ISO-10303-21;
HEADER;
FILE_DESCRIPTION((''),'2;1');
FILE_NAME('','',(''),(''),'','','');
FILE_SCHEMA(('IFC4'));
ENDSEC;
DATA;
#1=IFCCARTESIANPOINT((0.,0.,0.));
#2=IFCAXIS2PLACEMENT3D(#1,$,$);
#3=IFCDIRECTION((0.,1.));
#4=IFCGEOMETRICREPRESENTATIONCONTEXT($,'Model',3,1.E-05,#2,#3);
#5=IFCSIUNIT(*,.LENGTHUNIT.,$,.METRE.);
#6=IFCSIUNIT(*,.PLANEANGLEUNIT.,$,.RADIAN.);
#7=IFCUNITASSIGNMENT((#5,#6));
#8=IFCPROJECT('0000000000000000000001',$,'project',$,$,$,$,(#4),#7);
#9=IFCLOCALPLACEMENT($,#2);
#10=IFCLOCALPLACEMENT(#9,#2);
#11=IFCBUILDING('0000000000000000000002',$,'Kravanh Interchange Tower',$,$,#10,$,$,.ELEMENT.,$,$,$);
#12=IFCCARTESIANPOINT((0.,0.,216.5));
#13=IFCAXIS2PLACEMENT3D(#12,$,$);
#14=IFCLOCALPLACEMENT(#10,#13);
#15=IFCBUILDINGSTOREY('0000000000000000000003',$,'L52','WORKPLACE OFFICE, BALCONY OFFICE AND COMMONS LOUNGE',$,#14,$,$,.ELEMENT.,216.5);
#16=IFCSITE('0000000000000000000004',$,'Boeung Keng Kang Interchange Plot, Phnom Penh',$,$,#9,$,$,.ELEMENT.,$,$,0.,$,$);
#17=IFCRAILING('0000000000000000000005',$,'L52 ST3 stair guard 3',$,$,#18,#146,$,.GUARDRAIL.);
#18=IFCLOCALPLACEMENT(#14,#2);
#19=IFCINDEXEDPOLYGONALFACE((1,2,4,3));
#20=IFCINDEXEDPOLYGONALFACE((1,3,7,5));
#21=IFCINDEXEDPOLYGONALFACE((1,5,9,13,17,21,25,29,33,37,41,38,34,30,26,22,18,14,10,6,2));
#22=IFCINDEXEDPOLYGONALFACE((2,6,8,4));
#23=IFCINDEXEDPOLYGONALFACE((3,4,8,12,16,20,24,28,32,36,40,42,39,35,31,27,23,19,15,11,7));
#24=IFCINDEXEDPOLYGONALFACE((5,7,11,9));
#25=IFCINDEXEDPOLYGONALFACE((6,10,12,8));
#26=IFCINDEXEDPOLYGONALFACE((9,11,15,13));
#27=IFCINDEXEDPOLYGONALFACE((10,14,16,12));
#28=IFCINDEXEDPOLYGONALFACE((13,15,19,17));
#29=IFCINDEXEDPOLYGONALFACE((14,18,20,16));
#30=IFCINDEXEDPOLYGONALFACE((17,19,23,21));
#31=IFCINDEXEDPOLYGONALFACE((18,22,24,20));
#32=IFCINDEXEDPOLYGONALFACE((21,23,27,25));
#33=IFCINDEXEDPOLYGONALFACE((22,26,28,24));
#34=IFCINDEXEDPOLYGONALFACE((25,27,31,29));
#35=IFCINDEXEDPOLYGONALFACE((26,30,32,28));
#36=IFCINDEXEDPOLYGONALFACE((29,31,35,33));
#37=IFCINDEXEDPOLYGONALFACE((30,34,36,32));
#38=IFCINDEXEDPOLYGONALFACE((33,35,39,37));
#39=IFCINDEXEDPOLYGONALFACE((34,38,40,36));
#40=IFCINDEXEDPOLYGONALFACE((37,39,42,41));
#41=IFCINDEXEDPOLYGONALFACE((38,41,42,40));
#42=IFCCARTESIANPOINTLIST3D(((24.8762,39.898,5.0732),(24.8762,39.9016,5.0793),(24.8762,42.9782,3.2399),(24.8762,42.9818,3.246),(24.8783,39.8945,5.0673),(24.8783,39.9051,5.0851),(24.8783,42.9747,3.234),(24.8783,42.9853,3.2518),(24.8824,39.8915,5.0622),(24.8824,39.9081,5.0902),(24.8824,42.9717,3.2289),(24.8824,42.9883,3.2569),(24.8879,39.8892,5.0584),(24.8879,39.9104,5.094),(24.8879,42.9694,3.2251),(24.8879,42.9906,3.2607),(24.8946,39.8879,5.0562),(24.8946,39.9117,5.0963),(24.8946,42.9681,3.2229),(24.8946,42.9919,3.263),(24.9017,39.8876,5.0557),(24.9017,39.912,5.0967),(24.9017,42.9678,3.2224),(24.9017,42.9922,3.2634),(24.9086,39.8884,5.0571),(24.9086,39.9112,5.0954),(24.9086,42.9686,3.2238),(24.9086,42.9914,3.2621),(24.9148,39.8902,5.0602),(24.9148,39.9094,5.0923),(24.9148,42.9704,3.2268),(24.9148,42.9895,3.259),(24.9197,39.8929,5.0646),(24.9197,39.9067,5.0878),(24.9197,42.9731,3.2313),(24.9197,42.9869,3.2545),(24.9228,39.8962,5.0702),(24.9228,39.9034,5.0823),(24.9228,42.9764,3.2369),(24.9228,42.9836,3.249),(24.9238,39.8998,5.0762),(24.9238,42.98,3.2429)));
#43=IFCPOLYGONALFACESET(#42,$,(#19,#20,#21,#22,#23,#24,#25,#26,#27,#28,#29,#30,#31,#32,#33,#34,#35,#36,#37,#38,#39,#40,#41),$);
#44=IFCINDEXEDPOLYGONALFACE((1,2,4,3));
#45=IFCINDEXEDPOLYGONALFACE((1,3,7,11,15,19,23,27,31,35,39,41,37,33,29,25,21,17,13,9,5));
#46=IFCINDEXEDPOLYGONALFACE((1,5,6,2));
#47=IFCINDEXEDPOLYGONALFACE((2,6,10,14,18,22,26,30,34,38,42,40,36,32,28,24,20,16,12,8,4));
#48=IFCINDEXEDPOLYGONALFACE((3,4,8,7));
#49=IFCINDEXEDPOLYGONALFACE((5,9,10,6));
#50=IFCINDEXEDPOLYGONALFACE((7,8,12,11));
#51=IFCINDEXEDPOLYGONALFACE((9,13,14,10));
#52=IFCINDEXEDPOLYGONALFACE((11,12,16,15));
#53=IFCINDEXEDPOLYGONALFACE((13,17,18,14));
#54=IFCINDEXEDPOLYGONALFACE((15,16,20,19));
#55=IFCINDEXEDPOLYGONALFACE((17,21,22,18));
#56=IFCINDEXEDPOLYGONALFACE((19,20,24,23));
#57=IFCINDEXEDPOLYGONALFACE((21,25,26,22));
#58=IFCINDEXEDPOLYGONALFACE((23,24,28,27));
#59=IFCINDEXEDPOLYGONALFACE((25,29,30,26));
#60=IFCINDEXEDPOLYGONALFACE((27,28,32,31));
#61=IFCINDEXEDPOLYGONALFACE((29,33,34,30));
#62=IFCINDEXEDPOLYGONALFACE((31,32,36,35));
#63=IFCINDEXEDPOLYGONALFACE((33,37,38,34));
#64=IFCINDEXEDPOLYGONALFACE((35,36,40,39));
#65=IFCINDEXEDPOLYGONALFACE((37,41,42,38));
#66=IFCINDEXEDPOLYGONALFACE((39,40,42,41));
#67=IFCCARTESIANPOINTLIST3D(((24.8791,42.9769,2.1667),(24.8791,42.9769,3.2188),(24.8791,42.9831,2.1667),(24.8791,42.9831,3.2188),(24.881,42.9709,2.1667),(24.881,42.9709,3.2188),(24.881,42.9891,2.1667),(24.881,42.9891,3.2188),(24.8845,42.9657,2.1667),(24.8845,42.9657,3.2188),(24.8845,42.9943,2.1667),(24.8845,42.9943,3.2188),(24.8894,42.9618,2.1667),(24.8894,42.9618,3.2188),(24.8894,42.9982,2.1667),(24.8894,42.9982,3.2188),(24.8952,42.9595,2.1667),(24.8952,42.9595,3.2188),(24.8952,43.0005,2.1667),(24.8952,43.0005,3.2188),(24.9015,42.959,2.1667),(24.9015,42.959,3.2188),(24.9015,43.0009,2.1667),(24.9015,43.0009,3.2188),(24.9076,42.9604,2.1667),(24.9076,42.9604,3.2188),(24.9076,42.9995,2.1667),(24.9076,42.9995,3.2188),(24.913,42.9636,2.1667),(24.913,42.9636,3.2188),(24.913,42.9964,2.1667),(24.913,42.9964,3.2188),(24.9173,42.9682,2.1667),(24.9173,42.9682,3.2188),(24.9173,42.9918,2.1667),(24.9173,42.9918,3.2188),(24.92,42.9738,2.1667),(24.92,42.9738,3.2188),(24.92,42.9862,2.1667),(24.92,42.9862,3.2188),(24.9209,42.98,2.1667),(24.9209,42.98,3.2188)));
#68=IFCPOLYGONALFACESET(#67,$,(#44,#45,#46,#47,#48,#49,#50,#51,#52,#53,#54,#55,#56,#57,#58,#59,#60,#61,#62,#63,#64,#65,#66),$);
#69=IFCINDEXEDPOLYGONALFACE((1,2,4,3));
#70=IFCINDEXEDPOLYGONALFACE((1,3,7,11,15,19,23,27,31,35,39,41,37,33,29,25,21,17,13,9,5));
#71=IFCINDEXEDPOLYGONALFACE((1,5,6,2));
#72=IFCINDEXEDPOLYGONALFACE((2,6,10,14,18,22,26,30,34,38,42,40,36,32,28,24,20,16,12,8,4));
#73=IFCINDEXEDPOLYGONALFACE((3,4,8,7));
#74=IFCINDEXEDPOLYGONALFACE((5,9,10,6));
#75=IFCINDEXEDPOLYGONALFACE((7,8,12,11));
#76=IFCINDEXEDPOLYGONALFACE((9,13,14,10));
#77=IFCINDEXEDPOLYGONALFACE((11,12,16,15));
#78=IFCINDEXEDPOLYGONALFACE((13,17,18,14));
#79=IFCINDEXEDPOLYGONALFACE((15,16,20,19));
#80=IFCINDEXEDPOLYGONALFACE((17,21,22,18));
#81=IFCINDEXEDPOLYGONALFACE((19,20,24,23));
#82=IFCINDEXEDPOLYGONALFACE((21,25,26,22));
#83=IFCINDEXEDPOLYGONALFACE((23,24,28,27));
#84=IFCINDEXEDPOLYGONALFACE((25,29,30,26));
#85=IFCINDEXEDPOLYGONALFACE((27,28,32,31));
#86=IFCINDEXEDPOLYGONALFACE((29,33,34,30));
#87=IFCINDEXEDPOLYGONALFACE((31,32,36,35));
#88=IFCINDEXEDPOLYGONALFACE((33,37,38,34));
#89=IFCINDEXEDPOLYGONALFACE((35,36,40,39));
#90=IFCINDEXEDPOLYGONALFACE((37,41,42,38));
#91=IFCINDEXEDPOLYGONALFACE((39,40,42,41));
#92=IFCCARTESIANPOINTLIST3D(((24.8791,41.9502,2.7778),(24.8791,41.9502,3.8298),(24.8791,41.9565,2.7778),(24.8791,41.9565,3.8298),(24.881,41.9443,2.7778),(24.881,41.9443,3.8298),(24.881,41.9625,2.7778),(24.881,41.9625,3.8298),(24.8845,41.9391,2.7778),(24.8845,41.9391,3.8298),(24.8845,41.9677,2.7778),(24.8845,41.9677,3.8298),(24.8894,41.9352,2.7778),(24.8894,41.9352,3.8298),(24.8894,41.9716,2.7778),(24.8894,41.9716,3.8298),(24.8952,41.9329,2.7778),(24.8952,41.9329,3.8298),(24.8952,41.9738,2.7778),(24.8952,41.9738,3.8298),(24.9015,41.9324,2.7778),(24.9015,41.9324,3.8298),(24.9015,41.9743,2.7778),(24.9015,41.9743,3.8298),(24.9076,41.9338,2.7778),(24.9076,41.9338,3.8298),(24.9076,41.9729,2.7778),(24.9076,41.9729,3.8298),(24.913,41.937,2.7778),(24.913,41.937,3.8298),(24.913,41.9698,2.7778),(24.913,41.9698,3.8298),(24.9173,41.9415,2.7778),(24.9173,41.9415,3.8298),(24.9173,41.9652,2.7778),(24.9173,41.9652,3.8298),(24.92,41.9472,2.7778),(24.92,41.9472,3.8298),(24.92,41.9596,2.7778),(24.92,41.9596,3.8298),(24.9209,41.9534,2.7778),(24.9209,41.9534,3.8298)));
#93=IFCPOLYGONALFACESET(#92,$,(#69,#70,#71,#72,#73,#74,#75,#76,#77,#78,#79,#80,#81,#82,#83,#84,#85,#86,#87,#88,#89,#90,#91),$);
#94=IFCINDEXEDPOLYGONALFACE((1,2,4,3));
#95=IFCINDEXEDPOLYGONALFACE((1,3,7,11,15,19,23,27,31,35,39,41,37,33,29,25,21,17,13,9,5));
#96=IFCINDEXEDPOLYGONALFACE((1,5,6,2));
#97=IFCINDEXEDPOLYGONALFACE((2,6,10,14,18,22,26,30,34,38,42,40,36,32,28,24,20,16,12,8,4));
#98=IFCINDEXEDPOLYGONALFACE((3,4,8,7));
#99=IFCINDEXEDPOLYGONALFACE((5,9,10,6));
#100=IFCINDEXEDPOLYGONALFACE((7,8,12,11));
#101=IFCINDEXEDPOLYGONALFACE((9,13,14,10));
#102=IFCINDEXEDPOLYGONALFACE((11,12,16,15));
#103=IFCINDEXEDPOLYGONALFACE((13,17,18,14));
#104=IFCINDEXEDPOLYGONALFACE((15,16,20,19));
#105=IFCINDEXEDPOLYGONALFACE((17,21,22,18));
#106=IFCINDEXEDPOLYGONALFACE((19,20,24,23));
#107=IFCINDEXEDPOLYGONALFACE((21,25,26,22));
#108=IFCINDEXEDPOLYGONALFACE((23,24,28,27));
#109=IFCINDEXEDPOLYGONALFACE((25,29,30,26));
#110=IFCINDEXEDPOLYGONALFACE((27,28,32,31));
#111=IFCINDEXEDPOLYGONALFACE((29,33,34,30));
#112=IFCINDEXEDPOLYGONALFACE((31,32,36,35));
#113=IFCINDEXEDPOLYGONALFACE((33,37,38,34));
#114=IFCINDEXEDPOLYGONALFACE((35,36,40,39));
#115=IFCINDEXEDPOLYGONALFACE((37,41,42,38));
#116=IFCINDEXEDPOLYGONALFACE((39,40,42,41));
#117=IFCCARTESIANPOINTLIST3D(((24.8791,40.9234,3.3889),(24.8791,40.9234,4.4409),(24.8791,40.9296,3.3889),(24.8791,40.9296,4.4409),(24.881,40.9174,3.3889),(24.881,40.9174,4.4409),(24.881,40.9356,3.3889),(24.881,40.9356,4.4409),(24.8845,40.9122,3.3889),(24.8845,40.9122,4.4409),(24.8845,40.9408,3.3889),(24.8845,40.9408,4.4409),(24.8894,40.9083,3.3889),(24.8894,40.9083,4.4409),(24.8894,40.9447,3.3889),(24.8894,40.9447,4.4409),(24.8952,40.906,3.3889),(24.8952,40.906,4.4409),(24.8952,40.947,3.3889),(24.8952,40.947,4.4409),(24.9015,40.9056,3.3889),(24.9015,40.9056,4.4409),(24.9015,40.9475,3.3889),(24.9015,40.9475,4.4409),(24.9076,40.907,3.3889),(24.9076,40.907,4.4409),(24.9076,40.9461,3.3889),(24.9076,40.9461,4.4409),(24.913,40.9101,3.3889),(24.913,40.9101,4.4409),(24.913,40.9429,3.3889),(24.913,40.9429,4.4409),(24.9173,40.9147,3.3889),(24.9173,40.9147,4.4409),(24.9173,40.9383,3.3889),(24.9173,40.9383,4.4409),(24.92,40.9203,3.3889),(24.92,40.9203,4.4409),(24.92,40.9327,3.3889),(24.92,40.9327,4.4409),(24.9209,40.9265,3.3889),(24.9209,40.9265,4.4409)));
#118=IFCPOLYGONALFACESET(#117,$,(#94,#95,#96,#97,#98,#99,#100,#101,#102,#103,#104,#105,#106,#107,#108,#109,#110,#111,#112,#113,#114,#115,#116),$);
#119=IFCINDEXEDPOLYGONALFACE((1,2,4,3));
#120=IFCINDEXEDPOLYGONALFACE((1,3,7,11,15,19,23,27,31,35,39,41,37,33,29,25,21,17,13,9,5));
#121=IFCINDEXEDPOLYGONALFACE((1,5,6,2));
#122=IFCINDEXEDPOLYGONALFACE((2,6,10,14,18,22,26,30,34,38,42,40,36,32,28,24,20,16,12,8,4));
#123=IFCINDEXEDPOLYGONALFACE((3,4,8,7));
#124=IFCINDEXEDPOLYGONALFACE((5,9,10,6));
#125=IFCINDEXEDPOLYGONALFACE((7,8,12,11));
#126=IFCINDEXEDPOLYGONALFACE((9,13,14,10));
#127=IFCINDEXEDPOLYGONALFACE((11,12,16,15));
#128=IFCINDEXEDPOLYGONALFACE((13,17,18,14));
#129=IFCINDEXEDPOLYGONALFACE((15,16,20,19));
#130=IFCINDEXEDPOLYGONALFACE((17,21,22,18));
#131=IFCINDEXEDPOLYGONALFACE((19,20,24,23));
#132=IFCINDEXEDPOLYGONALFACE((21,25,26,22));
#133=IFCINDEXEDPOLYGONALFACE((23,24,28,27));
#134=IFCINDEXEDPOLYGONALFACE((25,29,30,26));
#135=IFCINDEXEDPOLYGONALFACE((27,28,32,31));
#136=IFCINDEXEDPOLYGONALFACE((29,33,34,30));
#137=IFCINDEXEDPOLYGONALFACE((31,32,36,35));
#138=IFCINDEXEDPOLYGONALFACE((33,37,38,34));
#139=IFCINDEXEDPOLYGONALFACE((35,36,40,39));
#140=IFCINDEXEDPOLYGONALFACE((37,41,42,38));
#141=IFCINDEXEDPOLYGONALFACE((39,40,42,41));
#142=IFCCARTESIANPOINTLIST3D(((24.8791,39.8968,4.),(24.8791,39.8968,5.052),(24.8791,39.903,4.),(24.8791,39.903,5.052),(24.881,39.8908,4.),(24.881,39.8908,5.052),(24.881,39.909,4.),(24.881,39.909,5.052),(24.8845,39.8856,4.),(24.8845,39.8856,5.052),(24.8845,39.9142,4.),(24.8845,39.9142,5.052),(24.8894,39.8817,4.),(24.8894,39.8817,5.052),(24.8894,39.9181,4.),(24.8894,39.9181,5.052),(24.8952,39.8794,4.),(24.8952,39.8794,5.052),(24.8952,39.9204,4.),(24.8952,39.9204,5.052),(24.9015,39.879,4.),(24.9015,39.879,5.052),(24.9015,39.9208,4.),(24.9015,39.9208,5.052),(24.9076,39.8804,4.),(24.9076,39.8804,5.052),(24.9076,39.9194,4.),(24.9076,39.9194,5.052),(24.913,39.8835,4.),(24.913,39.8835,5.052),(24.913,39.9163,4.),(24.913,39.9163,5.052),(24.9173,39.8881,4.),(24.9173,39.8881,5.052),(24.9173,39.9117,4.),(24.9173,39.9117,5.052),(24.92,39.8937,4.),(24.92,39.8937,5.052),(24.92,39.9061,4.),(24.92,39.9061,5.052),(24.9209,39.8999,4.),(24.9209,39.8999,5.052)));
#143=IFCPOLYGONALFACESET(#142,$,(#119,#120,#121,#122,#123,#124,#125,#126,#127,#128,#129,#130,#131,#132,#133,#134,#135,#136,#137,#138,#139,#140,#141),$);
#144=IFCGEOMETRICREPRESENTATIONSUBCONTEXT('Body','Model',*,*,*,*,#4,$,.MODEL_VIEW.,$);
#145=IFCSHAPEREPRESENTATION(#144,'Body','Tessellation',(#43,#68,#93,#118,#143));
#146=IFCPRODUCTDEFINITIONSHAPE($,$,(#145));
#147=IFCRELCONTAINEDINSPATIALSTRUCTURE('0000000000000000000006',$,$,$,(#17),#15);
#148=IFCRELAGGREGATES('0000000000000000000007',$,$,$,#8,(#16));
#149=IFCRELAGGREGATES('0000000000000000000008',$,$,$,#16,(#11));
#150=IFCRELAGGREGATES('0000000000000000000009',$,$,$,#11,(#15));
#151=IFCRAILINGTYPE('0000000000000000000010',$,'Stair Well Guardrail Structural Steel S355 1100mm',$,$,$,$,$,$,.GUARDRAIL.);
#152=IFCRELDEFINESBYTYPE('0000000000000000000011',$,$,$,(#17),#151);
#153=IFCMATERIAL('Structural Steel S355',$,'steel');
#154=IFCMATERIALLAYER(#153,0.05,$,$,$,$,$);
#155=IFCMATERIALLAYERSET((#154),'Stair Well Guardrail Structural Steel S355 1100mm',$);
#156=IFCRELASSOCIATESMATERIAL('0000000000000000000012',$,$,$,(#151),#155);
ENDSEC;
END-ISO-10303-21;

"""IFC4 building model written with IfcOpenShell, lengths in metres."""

from ifc_helpers import new_model, si_unit, direction, frame, origin, origin_2d, place, context, subcontext, project, spatial, circle, extrude, material, layer, layer_set, type_object, element, save


model = new_model("IFC4")

# Units and contexts
model_context = context("Model", 3, precision=1e-05, world=origin(), true_north=direction((0.0, 1.0)))
body_context = subcontext(model_context, "Body", "Model", "MODEL_VIEW")
ifc_project = project(units=[si_unit("LENGTHUNIT", "METRE"), si_unit("PLANEANGLEUNIT", "RADIAN")], contexts=[model_context])

# Site, building, storey
site_placement = place(None, origin())
site = spatial("IfcSite", under=ifc_project, at=site_placement, Name="Boeung Keng Kang Interchange Plot, Phnom Penh", CompositionType="ELEMENT", RefElevation=0.0)
building_placement = place(site_placement, origin())
building = spatial("IfcBuilding", under=site, at=building_placement, Name="Kravanh Interchange Tower", CompositionType="ELEMENT")
storey_placement = place(building_placement, frame((0.0, 0.0, 216.5)))
storey = spatial("IfcBuildingStorey", under=building, at=storey_placement, Name="L52", Description="WORKPLACE OFFICE, BALCONY OFFICE AND COMMONS LOUNGE", CompositionType="ELEMENT", Elevation=216.5)

# Railing
ifc_material_1 = material(Name="Structural Steel S355", Category="steel")
ifc_layer_1 = layer(ifc_material_1, 0.05)
ifc_layer_set_1 = layer_set([ifc_layer_1], Name="Stair Well Guardrail Structural Steel S355 1100mm")
railing_type_1 = type_object("IfcRailingType", Name="Stair Well Guardrail Structural Steel S355 1100mm", PredefinedType="GUARDRAIL", material=ifc_layer_set_1)
railing_1_placement = place(storey_placement, frame((24.8999, 42.98, 2.1667)))
element("IfcRailing", 1, at=railing_1_placement, inside=storey, type_object=railing_type_1, Name="L52 ST3 stair guard 3", PredefinedType="GUARDRAIL", context=body_context, shape_type="SweptSolid", body=[
    extrude(circle(Radius=0.0239, at=origin_2d()), frame((0.0, 0.0, 1.0762), z_axis=(0.0, -0.859309, 0.511458), x_axis=(1.0, 0.0, 0.0)), (0.0, 0.0, 1.0), 3.5845),
    extrude(circle(Radius=0.021, at=origin_2d()), origin(), (0.0, 0.0, 1.0), 1.052),
    extrude(circle(Radius=0.021, at=origin_2d()), frame((0.0, -1.0266, 0.6111)), (0.0, 0.0, 1.0), 1.052),
    extrude(circle(Radius=0.021, at=origin_2d()), frame((0.0, -2.0535, 1.2222)), (0.0, 0.0, 1.0), 1.052),
    extrude(circle(Radius=0.021, at=origin_2d()), frame((0.0, -3.0801, 1.8333)), (0.0, 0.0, 1.0), 1.052),
])

save(model, "model.ifc")
